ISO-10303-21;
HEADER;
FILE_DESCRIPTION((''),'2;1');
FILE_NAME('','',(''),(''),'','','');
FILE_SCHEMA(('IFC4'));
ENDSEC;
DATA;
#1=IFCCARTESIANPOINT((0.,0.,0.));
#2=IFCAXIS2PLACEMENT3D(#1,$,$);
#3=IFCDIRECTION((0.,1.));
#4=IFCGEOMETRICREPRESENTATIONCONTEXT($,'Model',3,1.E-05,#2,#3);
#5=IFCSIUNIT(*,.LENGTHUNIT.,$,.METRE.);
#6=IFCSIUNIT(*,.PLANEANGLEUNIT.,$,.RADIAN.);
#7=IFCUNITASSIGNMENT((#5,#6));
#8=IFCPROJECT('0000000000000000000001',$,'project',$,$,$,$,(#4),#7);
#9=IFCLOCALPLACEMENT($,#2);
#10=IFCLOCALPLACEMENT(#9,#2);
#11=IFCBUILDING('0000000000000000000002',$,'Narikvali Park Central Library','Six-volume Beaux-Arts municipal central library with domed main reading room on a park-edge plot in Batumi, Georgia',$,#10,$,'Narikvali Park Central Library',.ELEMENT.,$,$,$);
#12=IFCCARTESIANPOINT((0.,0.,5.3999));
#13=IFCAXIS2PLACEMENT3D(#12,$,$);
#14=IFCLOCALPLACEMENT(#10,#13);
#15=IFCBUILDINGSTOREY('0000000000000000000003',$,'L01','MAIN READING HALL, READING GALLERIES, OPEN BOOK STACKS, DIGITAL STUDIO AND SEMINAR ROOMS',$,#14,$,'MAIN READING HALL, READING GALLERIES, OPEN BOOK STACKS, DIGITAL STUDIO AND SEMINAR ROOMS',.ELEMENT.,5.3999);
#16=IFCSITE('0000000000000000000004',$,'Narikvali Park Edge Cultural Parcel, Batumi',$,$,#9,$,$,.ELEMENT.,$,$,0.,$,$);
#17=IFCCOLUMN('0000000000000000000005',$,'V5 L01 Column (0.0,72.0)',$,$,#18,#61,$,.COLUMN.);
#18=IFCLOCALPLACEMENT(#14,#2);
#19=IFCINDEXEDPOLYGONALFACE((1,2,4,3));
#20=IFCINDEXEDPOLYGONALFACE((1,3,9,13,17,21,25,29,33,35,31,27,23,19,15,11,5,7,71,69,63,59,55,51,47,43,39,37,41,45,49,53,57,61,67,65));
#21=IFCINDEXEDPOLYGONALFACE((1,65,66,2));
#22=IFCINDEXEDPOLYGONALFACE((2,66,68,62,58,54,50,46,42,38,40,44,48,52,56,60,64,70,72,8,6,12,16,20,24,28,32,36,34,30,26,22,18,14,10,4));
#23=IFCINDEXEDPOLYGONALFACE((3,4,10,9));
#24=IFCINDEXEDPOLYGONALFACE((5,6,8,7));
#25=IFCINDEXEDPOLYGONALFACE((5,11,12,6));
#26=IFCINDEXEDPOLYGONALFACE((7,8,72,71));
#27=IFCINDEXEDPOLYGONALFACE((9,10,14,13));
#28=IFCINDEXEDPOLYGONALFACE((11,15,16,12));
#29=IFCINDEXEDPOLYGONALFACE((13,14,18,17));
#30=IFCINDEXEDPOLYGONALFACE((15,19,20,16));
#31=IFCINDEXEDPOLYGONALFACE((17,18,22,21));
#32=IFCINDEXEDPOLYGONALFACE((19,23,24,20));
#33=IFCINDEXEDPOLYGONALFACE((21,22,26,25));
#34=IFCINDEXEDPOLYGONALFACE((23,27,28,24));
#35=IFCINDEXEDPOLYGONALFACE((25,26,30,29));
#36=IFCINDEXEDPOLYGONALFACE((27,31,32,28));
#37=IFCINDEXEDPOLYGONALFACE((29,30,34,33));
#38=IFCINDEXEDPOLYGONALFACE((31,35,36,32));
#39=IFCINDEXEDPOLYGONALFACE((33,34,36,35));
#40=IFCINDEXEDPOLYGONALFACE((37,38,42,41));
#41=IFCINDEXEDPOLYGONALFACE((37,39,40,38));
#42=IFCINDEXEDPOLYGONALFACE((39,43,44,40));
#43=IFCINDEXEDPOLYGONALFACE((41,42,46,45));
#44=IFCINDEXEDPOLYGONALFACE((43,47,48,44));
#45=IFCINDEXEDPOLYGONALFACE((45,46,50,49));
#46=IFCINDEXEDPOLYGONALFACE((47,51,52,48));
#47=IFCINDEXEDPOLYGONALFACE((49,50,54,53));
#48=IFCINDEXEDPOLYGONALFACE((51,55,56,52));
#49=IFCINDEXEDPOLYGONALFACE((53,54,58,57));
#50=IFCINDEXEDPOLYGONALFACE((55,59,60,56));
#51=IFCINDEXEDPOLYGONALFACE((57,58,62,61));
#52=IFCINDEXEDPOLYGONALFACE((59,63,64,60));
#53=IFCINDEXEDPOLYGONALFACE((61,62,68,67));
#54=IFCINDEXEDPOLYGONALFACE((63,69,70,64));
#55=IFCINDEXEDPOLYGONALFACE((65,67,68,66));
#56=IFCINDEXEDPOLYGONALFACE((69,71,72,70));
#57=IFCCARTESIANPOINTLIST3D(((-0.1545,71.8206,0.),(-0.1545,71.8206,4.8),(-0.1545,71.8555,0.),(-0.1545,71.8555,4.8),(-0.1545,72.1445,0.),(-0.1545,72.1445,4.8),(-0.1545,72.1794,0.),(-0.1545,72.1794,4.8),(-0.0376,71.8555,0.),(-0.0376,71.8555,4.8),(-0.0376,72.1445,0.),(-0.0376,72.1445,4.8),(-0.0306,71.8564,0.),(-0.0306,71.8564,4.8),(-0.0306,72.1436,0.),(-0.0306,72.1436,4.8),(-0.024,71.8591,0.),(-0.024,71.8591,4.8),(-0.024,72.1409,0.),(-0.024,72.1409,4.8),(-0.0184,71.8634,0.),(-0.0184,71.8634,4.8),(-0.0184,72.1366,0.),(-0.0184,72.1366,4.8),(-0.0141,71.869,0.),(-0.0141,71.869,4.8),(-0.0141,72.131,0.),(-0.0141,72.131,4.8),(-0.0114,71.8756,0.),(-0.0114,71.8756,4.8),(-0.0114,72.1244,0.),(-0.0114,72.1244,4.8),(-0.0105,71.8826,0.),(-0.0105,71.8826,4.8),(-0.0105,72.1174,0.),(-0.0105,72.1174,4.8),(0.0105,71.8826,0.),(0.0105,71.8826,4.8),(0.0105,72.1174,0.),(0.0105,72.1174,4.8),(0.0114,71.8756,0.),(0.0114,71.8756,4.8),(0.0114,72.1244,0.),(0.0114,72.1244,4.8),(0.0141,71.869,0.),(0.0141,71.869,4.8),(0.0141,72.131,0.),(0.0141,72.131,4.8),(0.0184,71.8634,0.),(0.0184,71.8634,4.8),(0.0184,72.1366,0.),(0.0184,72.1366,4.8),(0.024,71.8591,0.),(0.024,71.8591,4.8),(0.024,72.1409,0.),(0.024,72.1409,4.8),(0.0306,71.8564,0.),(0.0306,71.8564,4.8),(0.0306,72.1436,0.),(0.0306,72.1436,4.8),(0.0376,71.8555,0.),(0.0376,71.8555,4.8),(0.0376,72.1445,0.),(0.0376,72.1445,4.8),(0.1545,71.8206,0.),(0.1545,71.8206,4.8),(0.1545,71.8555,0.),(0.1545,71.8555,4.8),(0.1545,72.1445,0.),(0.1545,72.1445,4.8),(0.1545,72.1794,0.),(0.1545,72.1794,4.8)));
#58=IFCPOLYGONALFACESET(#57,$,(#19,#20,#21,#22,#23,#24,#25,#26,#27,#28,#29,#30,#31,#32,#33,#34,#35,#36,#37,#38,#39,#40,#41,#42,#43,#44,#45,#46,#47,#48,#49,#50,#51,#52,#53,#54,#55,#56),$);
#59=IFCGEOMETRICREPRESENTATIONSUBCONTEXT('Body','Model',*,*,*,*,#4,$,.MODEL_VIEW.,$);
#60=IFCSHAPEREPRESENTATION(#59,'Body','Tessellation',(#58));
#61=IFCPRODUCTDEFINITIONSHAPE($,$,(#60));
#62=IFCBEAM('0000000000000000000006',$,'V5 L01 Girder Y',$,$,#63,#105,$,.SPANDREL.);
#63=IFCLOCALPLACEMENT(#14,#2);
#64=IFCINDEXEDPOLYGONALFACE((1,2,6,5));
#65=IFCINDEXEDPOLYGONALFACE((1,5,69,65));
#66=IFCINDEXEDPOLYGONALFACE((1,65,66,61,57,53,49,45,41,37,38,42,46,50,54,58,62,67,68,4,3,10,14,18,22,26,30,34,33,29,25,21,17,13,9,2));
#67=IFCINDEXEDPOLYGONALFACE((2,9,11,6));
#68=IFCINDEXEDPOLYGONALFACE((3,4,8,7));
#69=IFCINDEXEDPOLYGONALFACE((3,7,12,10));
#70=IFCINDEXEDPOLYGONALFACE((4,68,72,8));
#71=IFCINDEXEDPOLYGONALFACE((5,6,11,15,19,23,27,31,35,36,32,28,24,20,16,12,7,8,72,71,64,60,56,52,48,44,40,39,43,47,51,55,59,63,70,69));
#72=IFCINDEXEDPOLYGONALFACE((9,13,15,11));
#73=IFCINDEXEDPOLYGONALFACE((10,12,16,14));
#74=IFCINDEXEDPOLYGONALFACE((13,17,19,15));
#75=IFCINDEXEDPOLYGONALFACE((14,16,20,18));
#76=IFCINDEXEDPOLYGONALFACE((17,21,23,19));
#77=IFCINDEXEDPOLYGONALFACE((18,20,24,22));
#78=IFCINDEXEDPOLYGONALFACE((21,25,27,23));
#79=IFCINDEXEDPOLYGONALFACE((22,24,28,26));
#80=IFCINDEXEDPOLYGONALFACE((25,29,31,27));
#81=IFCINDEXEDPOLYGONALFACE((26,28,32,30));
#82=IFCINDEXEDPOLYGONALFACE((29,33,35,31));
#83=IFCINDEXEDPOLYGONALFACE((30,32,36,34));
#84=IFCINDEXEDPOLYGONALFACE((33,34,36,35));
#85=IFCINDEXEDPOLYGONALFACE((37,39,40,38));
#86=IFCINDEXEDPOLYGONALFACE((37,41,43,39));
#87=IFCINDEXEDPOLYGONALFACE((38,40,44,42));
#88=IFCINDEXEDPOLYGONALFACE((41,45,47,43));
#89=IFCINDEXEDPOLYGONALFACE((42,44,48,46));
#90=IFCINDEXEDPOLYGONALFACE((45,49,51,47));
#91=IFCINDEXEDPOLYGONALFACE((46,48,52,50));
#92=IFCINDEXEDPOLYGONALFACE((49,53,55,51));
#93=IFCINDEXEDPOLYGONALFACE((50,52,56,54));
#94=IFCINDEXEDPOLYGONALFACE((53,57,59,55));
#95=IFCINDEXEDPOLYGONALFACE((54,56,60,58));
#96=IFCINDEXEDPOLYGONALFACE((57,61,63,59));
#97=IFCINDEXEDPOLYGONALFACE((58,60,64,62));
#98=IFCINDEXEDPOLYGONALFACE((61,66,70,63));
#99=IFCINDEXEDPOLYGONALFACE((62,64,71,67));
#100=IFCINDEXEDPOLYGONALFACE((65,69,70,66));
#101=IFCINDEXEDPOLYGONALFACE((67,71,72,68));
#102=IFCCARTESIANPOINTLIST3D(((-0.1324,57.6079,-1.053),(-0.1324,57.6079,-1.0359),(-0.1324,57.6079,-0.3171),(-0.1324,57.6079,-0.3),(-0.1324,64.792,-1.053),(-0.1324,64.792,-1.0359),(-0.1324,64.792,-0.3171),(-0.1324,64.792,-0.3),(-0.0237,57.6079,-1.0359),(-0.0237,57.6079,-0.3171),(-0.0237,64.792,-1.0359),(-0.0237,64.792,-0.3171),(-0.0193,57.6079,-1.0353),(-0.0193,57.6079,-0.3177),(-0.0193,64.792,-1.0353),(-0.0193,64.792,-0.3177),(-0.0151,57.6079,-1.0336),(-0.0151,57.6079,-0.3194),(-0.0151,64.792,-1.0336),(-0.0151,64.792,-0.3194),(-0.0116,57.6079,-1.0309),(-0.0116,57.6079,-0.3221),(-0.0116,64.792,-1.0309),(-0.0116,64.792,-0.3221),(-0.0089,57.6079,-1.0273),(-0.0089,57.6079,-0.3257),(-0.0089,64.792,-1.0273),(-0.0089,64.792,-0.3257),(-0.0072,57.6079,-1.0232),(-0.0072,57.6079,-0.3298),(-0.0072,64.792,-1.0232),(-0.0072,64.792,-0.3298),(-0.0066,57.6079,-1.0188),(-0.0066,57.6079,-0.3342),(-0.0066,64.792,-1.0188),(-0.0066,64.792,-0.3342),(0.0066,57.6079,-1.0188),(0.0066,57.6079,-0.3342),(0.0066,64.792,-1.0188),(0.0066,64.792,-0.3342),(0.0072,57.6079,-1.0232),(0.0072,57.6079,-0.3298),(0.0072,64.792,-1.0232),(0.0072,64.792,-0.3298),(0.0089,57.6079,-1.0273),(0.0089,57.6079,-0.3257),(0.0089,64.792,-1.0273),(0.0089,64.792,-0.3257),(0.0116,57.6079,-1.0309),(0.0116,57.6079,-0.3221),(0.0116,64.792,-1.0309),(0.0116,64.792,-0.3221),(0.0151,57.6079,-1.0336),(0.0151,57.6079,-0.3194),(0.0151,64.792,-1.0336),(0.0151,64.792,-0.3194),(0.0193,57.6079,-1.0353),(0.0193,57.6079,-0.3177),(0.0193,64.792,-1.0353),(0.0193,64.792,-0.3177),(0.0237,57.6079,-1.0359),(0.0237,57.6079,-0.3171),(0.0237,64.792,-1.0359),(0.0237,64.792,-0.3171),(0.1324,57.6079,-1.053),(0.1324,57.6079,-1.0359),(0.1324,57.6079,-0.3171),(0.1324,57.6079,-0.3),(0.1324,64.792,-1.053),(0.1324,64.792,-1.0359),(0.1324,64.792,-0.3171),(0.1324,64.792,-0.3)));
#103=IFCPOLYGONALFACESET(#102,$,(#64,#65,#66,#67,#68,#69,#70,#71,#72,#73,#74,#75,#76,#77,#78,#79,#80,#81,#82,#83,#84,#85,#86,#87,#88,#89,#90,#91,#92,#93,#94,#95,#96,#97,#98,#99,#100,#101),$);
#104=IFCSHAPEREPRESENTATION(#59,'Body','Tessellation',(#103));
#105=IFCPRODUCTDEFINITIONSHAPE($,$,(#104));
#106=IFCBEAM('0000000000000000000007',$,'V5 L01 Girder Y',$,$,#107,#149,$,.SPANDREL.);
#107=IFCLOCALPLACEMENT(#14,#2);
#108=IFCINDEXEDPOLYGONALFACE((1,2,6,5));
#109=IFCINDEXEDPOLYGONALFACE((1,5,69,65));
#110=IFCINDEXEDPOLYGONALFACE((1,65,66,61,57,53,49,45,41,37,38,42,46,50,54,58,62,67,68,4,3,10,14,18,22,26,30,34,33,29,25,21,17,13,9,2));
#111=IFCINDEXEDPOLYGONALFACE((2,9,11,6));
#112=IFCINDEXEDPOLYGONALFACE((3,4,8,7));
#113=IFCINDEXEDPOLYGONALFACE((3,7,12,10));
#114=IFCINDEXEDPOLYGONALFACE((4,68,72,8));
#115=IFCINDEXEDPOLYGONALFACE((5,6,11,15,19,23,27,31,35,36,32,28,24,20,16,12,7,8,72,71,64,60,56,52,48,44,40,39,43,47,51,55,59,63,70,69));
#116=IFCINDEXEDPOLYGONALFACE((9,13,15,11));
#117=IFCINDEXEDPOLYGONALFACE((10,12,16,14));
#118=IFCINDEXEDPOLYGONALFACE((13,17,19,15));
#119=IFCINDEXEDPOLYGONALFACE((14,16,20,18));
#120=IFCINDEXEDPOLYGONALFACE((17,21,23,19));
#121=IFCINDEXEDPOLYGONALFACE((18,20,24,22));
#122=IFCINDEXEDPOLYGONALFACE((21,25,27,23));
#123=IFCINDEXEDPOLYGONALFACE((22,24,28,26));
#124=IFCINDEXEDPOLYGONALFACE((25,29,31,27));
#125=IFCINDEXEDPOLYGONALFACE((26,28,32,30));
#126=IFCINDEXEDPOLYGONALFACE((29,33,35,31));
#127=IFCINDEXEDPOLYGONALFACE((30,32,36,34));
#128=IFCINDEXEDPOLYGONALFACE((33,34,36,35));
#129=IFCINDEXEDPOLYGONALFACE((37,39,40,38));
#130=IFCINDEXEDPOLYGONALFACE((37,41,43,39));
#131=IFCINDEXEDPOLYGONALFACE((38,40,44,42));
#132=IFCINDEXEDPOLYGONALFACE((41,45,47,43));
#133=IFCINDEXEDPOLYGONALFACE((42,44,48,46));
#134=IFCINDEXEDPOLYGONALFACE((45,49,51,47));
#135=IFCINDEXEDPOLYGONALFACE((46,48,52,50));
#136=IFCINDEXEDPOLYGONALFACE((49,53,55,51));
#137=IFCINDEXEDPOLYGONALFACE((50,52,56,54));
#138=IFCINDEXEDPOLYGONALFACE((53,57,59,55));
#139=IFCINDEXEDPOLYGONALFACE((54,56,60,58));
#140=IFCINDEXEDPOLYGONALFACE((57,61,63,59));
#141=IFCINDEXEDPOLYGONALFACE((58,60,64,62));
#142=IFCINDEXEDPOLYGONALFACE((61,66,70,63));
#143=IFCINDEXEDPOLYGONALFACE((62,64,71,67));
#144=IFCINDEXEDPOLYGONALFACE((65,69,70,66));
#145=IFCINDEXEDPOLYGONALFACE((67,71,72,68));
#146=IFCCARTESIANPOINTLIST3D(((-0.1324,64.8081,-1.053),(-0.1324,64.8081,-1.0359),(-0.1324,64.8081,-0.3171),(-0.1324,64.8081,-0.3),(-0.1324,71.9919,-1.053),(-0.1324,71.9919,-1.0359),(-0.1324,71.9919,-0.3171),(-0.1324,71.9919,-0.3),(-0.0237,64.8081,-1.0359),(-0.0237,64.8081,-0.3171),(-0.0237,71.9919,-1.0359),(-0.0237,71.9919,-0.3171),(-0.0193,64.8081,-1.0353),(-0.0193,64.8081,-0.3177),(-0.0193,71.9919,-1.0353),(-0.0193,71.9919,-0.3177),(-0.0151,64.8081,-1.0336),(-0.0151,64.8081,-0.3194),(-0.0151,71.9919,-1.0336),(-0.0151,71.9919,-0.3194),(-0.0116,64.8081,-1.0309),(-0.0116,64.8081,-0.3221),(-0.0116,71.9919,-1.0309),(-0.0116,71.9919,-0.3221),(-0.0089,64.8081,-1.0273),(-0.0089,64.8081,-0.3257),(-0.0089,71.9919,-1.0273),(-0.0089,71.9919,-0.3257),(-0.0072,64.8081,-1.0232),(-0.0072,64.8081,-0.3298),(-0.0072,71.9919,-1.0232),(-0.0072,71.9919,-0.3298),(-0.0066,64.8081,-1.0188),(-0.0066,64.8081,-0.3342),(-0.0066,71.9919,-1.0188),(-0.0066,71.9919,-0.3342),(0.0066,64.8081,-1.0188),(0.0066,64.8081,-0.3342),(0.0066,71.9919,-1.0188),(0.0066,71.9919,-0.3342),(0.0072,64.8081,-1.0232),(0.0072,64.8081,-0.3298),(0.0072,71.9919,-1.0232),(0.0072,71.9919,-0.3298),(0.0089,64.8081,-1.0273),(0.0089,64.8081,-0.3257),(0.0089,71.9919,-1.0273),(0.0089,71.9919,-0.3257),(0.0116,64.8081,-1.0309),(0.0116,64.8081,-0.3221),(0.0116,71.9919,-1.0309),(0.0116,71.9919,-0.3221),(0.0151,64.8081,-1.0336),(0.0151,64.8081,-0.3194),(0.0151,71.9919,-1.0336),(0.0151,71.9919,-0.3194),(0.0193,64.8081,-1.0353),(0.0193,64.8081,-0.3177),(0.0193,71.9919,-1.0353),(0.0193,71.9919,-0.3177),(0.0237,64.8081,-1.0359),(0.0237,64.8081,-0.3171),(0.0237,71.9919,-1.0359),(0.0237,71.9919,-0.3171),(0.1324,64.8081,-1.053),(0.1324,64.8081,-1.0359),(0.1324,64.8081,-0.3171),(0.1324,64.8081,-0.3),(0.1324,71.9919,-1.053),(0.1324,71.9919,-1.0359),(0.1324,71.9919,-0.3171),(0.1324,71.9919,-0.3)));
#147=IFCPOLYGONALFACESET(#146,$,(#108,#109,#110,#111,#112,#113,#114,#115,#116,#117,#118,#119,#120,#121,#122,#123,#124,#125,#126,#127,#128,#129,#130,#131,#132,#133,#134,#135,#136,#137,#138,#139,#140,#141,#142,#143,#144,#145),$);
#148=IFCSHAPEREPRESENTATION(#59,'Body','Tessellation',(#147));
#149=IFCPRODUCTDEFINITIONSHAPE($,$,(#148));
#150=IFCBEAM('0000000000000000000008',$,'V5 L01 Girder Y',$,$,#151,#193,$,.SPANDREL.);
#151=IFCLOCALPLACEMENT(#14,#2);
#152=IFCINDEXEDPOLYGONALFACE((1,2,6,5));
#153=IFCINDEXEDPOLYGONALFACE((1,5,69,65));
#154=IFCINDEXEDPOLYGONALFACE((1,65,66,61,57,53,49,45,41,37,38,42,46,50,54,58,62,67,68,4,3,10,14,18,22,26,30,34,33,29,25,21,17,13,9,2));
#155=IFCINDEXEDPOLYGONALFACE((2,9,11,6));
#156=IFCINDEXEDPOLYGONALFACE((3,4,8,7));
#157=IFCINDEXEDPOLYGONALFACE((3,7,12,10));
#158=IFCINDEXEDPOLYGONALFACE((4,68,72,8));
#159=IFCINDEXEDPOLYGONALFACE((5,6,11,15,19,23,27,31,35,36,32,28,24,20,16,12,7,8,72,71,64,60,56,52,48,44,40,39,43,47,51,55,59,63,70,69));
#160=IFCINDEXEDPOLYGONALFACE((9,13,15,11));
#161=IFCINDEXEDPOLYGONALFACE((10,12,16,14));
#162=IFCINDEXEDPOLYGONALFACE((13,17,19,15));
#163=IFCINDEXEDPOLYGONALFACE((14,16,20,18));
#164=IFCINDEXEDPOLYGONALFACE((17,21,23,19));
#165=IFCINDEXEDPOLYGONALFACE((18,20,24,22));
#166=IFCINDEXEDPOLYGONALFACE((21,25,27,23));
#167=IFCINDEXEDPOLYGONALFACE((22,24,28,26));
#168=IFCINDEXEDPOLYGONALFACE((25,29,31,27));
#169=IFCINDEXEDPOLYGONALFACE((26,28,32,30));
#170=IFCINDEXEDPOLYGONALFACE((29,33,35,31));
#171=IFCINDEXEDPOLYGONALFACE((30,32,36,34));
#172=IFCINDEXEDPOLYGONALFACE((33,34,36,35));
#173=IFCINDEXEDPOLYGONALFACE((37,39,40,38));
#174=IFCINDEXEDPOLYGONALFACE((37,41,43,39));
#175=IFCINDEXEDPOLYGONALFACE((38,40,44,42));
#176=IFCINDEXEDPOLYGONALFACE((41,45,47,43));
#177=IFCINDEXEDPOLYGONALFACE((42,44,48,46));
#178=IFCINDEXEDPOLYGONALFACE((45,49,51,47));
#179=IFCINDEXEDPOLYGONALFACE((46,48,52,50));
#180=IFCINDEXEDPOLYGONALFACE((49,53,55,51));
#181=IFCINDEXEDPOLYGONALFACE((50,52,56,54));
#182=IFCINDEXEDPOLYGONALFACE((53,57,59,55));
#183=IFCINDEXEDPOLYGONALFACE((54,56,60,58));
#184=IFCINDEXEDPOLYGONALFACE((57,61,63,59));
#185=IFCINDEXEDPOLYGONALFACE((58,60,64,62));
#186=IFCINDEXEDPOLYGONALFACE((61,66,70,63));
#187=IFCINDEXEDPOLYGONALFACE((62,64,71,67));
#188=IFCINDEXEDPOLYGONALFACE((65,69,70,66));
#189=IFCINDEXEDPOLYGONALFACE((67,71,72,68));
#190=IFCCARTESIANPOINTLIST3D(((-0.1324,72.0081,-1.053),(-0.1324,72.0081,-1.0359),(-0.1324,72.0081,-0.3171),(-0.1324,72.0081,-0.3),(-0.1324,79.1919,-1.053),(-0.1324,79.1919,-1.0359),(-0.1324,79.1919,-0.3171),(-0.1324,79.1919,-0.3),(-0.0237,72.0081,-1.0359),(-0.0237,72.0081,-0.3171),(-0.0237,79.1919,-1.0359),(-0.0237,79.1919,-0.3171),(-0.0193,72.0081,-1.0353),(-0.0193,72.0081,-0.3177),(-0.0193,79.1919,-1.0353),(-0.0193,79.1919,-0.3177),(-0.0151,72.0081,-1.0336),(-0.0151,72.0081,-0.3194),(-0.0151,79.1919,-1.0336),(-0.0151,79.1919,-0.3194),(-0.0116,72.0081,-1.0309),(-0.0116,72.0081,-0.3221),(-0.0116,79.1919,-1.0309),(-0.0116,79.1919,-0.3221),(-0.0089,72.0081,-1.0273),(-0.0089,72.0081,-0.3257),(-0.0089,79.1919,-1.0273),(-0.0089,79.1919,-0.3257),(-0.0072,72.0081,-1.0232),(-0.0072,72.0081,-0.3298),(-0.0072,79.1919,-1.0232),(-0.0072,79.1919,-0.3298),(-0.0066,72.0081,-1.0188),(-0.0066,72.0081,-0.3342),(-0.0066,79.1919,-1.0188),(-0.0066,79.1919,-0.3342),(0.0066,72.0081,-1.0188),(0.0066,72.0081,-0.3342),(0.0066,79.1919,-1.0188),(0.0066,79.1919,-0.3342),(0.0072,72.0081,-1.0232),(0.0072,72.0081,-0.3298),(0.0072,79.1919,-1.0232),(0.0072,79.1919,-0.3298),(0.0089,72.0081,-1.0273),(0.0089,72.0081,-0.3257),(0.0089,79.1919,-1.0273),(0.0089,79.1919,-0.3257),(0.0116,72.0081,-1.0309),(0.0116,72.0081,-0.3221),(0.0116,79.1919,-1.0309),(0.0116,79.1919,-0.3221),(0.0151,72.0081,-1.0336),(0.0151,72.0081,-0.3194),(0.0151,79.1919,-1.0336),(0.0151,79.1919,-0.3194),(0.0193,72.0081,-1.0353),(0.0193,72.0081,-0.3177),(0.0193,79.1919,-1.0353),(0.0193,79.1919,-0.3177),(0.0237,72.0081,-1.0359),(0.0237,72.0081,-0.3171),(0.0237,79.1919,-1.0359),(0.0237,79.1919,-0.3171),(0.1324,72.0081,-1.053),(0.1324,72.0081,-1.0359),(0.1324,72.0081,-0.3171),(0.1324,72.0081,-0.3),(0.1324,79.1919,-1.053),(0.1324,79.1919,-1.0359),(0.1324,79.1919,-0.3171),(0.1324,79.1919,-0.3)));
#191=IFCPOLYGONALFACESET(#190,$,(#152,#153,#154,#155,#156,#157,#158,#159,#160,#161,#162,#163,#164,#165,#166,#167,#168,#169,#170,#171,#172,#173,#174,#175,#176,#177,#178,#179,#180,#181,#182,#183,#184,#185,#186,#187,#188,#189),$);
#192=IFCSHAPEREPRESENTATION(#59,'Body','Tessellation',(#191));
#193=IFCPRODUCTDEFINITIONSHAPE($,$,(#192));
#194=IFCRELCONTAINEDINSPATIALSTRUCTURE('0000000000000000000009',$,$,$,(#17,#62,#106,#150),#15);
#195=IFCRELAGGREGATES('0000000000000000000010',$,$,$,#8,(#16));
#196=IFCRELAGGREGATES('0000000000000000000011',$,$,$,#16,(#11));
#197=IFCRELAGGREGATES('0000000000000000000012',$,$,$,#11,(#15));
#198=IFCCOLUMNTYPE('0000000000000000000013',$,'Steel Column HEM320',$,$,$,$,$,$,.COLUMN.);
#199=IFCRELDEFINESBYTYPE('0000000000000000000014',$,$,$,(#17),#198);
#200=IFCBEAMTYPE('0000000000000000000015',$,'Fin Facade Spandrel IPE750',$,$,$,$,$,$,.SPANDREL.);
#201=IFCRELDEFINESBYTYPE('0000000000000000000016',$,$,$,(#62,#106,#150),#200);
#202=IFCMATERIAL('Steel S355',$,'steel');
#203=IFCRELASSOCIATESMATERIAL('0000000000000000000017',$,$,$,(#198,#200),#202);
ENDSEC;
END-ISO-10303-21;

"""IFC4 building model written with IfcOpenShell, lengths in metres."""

from ifc_helpers import new_model, si_unit, direction, frame, origin, origin_2d, place, context, subcontext, project, spatial, i_section, extrude, material, material_profile, profile_set, type_object, element, save


model = new_model("IFC4")

# Units and contexts
model_context = context("Model", 3, precision=1e-05, world=origin(), true_north=direction((0.0, 1.0)))
body_context = subcontext(model_context, "Body", "Model", "MODEL_VIEW")
ifc_project = project(units=[si_unit("LENGTHUNIT", "METRE"), si_unit("PLANEANGLEUNIT", "RADIAN")], contexts=[model_context])

# Site, building, storey
site_placement = place(None, origin())
site = spatial("IfcSite", under=ifc_project, at=site_placement, Name="Narikvali Park Edge Cultural Parcel, Batumi", CompositionType="ELEMENT", RefElevation=0.0)
building_placement = place(site_placement, origin())
building = spatial("IfcBuilding", under=site, at=building_placement, Name="Narikvali Park Central Library", Description="Six-volume Beaux-Arts municipal central library with domed main reading room on a park-edge plot in Batumi, Georgia", LongName="Narikvali Park Central Library", CompositionType="ELEMENT")
storey_placement = place(building_placement, frame((0.0, 0.0, 5.3999)))
storey = spatial("IfcBuildingStorey", under=building, at=storey_placement, Name="L01", Description="MAIN READING HALL, READING GALLERIES, OPEN BOOK STACKS, DIGITAL STUDIO AND SEMINAR ROOMS", LongName="MAIN READING HALL, READING GALLERIES, OPEN BOOK STACKS, DIGITAL STUDIO AND SEMINAR ROOMS", CompositionType="ELEMENT", Elevation=5.3999)

# Column
ifc_material_1 = material(Name="Steel S355", Category="steel")
ifc_material_profile_1 = material_profile(ifc_material_1, i_section(OverallWidth=0.3091, OverallDepth=0.3589, WebThickness=0.021, FlangeThickness=0.0349, FilletRadius=0.0271, at=origin_2d()), Name="HEM 320")
ifc_profile_set_1 = profile_set([ifc_material_profile_1], Name="Steel S355")
column_type_1 = type_object("IfcColumnType", Name="Steel Column HEM320", PredefinedType="COLUMN", material=ifc_profile_set_1)
for number, where, z_axis, x_axis, name in (
    (1, (0.0, 72.0, 0.0), (0.0, 0.0, 1.0), (1.0, 0.0, 0.0), "V5 L01 Column (0.0,72.0)"),
):
    element("IfcColumn", number, at=place(storey_placement, frame(where, z_axis=z_axis, x_axis=x_axis)), inside=storey, type_object=column_type_1, Name=name, PredefinedType="COLUMN", context=body_context, shape_type="SweptSolid", body=[
        extrude(i_section(OverallWidth=0.3091, OverallDepth=0.3589, WebThickness=0.021, FlangeThickness=0.0349, FilletRadius=0.0271, at=origin_2d()), origin(), (0.0, 0.0, 1.0), 4.8),
    ])

# Beams
ifc_material_profile_2 = material_profile(ifc_material_1, i_section(OverallWidth=0.2649, OverallDepth=0.7529, WebThickness=0.0132, FlangeThickness=0.0171, FilletRadius=0.0171, at=origin_2d()), Name="IPE 750x147")
ifc_profile_set_2 = profile_set([ifc_material_profile_2], Name="Steel S355")
beam_type_1 = type_object("IfcBeamType", Name="Fin Facade Spandrel IPE750", PredefinedType="SPANDREL", material=ifc_profile_set_2)
beam_1_placement = place(storey_placement, frame((0.0, 57.6079, -0.6765), z_axis=(0.0, 1.0, 0.0), x_axis=(-1.0, 0.0, 0.0)))
element("IfcBeam", 2, at=beam_1_placement, inside=storey, type_object=beam_type_1, Name="V5 L01 Girder Y", PredefinedType="SPANDREL", context=body_context, shape_type="SweptSolid", body=[
    extrude(i_section(OverallWidth=0.2649, OverallDepth=0.7529, WebThickness=0.0132, FlangeThickness=0.0171, FilletRadius=0.0171, at=origin_2d()), origin(), (0.0, 0.0, 1.0), 7.1841),
])
for number, where, z_axis, x_axis, name in (
    (3, (0.0, 64.8081, -0.6765), (0.0, 1.0, 0.0), (-1.0, 0.0, 0.0), "V5 L01 Girder Y"),
    (4, (0.0, 72.0081, -0.6765), (0.0, 1.0, 0.0), (-1.0, 0.0, 0.0), "V5 L01 Girder Y"),
):
    element("IfcBeam", number, at=place(storey_placement, frame(where, z_axis=z_axis, x_axis=x_axis)), inside=storey, type_object=beam_type_1, Name=name, PredefinedType="SPANDREL", context=body_context, shape_type="SweptSolid", body=[
        extrude(i_section(OverallWidth=0.2649, OverallDepth=0.7529, WebThickness=0.0132, FlangeThickness=0.0171, FilletRadius=0.0171, at=origin_2d()), origin(), (0.0, 0.0, 1.0), 7.1838),
    ])

save(model, "model.ifc")
